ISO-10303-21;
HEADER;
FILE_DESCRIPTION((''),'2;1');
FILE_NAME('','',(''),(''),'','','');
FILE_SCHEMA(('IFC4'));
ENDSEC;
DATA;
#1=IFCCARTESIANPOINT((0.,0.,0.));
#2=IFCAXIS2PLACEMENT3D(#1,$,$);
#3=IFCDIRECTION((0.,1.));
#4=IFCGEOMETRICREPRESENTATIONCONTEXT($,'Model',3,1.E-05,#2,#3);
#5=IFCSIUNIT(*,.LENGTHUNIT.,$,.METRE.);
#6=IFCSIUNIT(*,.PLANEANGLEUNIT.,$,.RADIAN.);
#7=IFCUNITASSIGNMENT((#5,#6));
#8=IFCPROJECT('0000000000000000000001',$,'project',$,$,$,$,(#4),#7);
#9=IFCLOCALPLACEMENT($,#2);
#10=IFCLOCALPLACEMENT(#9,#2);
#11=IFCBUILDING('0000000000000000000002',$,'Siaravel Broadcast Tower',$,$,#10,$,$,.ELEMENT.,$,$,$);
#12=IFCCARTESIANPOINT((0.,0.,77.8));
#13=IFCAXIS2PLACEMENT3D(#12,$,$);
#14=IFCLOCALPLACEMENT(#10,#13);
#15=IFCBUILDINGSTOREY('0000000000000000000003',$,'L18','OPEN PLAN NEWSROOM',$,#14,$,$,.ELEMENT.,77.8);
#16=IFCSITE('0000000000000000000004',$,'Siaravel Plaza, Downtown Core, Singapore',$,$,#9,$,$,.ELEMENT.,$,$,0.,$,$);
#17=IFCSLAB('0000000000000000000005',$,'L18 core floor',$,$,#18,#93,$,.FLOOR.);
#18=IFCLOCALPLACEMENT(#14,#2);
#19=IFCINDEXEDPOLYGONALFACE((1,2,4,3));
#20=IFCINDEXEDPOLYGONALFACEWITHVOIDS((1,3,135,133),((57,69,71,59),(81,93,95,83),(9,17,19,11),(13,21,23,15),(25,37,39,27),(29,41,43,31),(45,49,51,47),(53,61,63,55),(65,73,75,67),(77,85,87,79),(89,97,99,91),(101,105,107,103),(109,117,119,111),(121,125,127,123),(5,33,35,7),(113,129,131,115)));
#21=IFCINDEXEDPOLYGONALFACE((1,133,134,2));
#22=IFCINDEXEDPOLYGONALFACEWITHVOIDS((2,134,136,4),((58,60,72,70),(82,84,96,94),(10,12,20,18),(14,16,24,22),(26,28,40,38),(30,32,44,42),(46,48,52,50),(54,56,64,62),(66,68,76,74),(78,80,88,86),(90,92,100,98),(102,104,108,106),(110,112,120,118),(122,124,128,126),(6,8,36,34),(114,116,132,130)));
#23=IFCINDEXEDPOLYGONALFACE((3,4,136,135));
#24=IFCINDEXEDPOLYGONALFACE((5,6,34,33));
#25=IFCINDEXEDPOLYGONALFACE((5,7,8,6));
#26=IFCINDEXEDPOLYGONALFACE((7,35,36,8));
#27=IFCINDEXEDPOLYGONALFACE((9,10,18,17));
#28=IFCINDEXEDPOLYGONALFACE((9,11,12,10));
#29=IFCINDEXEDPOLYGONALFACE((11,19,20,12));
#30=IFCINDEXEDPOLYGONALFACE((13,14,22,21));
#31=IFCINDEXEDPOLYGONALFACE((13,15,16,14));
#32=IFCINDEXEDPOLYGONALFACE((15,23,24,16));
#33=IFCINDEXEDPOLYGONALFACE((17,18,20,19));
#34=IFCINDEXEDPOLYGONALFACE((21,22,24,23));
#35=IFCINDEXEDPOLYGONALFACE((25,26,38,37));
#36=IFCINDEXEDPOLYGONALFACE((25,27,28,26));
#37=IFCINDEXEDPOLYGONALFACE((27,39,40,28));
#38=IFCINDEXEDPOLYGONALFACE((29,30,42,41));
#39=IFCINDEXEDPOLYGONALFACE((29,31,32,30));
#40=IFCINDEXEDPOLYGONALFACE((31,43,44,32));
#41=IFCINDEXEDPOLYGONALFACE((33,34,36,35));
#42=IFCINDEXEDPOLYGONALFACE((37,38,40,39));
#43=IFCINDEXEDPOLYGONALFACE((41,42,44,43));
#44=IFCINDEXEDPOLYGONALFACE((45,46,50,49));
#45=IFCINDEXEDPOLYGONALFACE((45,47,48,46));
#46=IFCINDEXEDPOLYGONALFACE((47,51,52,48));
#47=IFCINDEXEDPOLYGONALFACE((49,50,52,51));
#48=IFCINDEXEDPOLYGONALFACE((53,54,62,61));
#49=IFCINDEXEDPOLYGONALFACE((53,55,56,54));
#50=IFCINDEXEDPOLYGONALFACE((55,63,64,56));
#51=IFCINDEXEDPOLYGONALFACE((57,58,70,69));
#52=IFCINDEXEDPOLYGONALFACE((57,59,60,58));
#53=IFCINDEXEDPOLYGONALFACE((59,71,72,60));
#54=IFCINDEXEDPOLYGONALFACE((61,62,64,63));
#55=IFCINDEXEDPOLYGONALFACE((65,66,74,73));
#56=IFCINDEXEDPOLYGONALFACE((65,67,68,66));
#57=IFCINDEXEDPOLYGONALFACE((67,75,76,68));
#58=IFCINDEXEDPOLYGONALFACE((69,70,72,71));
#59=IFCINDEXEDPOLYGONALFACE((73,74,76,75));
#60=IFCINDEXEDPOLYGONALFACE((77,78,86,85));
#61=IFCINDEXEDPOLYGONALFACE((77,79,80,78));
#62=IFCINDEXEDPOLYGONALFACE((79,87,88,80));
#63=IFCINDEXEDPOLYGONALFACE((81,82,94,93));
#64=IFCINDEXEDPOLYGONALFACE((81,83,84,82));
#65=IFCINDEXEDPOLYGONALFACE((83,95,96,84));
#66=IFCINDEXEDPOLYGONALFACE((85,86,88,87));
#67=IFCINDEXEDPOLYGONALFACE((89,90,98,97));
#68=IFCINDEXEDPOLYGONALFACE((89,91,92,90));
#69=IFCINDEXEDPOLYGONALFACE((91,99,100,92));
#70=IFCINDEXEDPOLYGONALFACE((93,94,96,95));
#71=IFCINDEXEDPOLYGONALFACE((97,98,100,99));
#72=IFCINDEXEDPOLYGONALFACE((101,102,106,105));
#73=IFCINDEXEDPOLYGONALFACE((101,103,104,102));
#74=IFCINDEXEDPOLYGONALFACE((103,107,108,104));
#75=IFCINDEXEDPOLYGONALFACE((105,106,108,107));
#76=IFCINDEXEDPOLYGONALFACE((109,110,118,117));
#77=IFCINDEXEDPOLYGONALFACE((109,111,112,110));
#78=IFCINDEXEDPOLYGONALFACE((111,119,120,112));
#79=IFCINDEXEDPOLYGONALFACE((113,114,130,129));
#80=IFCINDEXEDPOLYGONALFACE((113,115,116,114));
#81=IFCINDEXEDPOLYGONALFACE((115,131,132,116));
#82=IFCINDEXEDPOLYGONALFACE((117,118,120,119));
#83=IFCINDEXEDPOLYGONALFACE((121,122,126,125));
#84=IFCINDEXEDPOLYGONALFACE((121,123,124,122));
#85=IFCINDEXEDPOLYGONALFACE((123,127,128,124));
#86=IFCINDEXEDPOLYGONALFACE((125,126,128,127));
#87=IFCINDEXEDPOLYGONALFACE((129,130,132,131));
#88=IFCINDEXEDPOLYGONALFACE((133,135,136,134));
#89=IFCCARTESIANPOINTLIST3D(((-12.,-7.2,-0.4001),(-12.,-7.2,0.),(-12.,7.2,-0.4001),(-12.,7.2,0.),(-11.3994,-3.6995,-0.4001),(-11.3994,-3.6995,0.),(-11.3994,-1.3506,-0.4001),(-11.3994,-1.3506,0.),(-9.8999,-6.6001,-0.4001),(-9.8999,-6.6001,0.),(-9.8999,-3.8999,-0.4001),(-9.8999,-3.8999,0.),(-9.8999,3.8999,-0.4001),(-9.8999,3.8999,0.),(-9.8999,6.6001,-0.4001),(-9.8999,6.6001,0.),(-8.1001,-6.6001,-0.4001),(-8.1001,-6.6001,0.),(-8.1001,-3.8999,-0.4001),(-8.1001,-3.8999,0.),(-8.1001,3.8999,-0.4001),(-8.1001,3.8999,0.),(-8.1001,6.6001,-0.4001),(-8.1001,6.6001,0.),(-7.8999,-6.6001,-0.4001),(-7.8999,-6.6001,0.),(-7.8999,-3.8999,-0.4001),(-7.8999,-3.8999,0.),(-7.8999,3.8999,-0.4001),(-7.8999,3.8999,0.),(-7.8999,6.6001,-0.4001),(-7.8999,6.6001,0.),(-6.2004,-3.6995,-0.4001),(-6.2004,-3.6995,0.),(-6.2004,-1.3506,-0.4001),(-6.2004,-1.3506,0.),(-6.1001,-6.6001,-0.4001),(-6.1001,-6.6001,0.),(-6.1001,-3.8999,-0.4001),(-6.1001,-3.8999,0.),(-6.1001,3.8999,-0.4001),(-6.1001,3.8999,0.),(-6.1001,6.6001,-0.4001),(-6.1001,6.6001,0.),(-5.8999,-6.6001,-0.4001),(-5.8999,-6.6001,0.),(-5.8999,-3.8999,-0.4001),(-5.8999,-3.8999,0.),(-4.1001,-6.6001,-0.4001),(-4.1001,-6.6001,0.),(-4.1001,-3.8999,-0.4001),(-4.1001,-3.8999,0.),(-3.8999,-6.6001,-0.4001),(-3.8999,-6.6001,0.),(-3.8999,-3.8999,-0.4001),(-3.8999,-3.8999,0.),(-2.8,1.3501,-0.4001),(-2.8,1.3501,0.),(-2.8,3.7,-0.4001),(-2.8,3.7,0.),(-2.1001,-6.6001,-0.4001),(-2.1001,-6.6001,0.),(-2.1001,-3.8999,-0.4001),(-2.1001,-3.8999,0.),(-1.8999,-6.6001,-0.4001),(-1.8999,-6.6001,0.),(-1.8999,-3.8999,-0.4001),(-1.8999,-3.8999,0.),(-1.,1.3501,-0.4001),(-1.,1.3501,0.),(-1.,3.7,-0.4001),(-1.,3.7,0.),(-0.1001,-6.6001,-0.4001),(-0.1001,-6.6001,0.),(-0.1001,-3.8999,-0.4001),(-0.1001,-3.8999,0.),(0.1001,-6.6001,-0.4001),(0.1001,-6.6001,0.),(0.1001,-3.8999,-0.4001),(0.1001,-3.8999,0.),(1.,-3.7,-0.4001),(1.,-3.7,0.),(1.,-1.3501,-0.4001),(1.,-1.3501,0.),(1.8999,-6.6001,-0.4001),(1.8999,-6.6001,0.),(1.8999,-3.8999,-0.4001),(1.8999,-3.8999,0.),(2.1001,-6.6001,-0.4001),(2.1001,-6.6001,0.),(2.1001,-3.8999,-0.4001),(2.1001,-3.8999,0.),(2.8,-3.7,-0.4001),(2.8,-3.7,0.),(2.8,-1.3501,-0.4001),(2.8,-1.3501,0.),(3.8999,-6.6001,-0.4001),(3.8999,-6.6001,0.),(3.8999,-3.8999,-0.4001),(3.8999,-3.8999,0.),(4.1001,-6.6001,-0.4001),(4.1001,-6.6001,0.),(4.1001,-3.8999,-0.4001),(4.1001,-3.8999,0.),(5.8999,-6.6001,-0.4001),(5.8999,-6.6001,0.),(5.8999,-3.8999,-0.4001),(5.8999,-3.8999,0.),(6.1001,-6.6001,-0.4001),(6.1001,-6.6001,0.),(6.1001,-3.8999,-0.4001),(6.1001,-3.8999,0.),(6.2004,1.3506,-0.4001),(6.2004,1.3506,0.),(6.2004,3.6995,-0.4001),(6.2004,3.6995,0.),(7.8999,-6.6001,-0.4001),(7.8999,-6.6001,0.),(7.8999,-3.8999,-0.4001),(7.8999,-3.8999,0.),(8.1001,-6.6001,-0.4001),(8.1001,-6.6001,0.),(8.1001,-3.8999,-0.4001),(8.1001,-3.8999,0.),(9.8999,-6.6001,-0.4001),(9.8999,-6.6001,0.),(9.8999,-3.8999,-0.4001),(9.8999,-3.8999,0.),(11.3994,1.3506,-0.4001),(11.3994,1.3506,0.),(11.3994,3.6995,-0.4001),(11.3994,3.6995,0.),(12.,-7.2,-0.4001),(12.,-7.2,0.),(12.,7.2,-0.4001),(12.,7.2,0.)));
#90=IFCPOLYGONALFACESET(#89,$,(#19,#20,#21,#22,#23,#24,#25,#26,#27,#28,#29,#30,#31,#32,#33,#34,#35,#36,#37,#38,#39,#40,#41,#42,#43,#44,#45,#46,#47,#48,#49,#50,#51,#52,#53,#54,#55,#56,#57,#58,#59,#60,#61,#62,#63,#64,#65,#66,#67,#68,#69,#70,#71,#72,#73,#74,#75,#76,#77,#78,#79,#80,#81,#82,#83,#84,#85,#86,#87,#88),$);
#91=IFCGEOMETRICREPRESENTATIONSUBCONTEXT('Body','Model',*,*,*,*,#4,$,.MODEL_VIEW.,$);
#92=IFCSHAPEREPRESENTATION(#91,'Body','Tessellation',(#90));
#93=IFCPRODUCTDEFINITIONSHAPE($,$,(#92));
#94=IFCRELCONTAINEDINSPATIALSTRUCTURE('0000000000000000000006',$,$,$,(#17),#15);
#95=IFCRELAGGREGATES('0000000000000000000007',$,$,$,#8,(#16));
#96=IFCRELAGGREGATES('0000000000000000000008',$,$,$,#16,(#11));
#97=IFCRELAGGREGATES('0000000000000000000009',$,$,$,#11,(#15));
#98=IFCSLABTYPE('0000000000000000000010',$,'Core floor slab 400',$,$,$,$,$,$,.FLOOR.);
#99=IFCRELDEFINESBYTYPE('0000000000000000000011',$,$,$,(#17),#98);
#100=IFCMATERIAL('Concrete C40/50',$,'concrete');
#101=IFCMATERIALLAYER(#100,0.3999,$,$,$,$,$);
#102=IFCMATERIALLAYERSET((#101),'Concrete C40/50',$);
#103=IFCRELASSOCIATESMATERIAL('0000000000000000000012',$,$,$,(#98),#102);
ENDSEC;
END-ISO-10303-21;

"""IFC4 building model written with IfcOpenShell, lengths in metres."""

from ifc_helpers import new_model, si_unit, direction, frame, origin, place, context, subcontext, project, spatial, polyline, outline, extrude, material, layer, layer_set, type_object, element, save


model = new_model("IFC4")

# Units and contexts
model_context = context("Model", 3, precision=1e-05, world=origin(), true_north=direction((0.0, 1.0)))
body_context = subcontext(model_context, "Body", "Model", "MODEL_VIEW")
ifc_project = project(units=[si_unit("LENGTHUNIT", "METRE"), si_unit("PLANEANGLEUNIT", "RADIAN")], contexts=[model_context])

# Site, building, storey
site_placement = place(None, origin())
site = spatial("IfcSite", under=ifc_project, at=site_placement, Name="Siaravel Plaza, Downtown Core, Singapore", CompositionType="ELEMENT", RefElevation=0.0)
building_placement = place(site_placement, origin())
building = spatial("IfcBuilding", under=site, at=building_placement, Name="Siaravel Broadcast Tower", CompositionType="ELEMENT")
storey_placement = place(building_placement, frame((0.0, 0.0, 77.8)))
storey = spatial("IfcBuildingStorey", under=building, at=storey_placement, Name="L18", Description="OPEN PLAN NEWSROOM", CompositionType="ELEMENT", Elevation=77.8)

# Slab
ifc_material_1 = material(Name="Concrete C40/50", Category="concrete")
ifc_layer_1 = layer(ifc_material_1, 0.3999)
ifc_layer_set_1 = layer_set([ifc_layer_1], Name="Concrete C40/50")
slab_type_1 = type_object("IfcSlabType", Name="Core floor slab 400", PredefinedType="FLOOR", material=ifc_layer_set_1)
slab_1_placement = place(storey_placement, frame((0.0, 0.0, -0.4001)))
element("IfcSlab", 1, at=slab_1_placement, inside=storey, type_object=slab_type_1, Name="L18 core floor", PredefinedType="FLOOR", context=body_context, shape_type="SweptSolid", body=[
    extrude(outline(polyline([(-12.0, -7.2), (-12.0, 7.2), (12.0, 7.2), (12.0, -7.2), (-12.0, -7.2)]), holes=[polyline([(11.3994, 1.3506), (11.3994, 3.6995), (6.2004, 3.6995), (6.2004, 1.3506), (11.3994, 1.3506)]), polyline([(9.8999, -3.8999), (8.1001, -3.8999), (8.1001, -6.6001), (9.8999, -6.6001), (9.8999, -3.8999)]), polyline([(7.8999, -3.8999), (6.1001, -3.8999), (6.1001, -6.6001), (7.8999, -6.6001), (7.8999, -3.8999)]), polyline([(5.8999, -3.8999), (4.1001, -3.8999), (4.1001, -6.6001), (5.8999, -6.6001), (5.8999, -3.8999)]), polyline([(3.8999, -3.8999), (2.1001, -3.8999), (2.1001, -6.6001), (3.8999, -6.6001), (3.8999, -3.8999)]), polyline([(2.8, -1.3501), (1.0, -1.3501), (1.0, -3.7), (2.8, -3.7), (2.8, -1.3501)]), polyline([(1.8999, -3.8999), (0.1001, -3.8999), (0.1001, -6.6001), (1.8999, -6.6001), (1.8999, -3.8999)]), polyline([(-0.1001, -3.8999), (-1.8999, -3.8999), (-1.8999, -6.6001), (-0.1001, -6.6001), (-0.1001, -3.8999)]), polyline([(-1.0, 3.7), (-2.8, 3.7), (-2.8, 1.3501), (-1.0, 1.3501), (-1.0, 3.7)]), polyline([(-2.1001, -3.8999), (-3.8999, -3.8999), (-3.8999, -6.6001), (-2.1001, -6.6001), (-2.1001, -3.8999)]), polyline([(-4.1001, -3.8999), (-5.8999, -3.8999), (-5.8999, -6.6001), (-4.1001, -6.6001), (-4.1001, -3.8999)]), polyline([(-6.1001, -3.8999), (-7.8999, -3.8999), (-7.8999, -6.6001), (-6.1001, -6.6001), (-6.1001, -3.8999)]), polyline([(-6.1001, 6.6001), (-7.8999, 6.6001), (-7.8999, 3.8999), (-6.1001, 3.8999), (-6.1001, 6.6001)]), polyline([(-11.3994, -1.3506), (-11.3994, -3.6995), (-6.2004, -3.6995), (-6.2004, -1.3506), (-11.3994, -1.3506)]), polyline([(-8.1001, -3.8999), (-9.8999, -3.8999), (-9.8999, -6.6001), (-8.1001, -6.6001), (-8.1001, -3.8999)]), polyline([(-8.1001, 6.6001), (-9.8999, 6.6001), (-9.8999, 3.8999), (-8.1001, 3.8999), (-8.1001, 6.6001)])]), origin(), (0.0, 0.0, 1.0), 0.4001),
])

save(model, "model.ifc")
